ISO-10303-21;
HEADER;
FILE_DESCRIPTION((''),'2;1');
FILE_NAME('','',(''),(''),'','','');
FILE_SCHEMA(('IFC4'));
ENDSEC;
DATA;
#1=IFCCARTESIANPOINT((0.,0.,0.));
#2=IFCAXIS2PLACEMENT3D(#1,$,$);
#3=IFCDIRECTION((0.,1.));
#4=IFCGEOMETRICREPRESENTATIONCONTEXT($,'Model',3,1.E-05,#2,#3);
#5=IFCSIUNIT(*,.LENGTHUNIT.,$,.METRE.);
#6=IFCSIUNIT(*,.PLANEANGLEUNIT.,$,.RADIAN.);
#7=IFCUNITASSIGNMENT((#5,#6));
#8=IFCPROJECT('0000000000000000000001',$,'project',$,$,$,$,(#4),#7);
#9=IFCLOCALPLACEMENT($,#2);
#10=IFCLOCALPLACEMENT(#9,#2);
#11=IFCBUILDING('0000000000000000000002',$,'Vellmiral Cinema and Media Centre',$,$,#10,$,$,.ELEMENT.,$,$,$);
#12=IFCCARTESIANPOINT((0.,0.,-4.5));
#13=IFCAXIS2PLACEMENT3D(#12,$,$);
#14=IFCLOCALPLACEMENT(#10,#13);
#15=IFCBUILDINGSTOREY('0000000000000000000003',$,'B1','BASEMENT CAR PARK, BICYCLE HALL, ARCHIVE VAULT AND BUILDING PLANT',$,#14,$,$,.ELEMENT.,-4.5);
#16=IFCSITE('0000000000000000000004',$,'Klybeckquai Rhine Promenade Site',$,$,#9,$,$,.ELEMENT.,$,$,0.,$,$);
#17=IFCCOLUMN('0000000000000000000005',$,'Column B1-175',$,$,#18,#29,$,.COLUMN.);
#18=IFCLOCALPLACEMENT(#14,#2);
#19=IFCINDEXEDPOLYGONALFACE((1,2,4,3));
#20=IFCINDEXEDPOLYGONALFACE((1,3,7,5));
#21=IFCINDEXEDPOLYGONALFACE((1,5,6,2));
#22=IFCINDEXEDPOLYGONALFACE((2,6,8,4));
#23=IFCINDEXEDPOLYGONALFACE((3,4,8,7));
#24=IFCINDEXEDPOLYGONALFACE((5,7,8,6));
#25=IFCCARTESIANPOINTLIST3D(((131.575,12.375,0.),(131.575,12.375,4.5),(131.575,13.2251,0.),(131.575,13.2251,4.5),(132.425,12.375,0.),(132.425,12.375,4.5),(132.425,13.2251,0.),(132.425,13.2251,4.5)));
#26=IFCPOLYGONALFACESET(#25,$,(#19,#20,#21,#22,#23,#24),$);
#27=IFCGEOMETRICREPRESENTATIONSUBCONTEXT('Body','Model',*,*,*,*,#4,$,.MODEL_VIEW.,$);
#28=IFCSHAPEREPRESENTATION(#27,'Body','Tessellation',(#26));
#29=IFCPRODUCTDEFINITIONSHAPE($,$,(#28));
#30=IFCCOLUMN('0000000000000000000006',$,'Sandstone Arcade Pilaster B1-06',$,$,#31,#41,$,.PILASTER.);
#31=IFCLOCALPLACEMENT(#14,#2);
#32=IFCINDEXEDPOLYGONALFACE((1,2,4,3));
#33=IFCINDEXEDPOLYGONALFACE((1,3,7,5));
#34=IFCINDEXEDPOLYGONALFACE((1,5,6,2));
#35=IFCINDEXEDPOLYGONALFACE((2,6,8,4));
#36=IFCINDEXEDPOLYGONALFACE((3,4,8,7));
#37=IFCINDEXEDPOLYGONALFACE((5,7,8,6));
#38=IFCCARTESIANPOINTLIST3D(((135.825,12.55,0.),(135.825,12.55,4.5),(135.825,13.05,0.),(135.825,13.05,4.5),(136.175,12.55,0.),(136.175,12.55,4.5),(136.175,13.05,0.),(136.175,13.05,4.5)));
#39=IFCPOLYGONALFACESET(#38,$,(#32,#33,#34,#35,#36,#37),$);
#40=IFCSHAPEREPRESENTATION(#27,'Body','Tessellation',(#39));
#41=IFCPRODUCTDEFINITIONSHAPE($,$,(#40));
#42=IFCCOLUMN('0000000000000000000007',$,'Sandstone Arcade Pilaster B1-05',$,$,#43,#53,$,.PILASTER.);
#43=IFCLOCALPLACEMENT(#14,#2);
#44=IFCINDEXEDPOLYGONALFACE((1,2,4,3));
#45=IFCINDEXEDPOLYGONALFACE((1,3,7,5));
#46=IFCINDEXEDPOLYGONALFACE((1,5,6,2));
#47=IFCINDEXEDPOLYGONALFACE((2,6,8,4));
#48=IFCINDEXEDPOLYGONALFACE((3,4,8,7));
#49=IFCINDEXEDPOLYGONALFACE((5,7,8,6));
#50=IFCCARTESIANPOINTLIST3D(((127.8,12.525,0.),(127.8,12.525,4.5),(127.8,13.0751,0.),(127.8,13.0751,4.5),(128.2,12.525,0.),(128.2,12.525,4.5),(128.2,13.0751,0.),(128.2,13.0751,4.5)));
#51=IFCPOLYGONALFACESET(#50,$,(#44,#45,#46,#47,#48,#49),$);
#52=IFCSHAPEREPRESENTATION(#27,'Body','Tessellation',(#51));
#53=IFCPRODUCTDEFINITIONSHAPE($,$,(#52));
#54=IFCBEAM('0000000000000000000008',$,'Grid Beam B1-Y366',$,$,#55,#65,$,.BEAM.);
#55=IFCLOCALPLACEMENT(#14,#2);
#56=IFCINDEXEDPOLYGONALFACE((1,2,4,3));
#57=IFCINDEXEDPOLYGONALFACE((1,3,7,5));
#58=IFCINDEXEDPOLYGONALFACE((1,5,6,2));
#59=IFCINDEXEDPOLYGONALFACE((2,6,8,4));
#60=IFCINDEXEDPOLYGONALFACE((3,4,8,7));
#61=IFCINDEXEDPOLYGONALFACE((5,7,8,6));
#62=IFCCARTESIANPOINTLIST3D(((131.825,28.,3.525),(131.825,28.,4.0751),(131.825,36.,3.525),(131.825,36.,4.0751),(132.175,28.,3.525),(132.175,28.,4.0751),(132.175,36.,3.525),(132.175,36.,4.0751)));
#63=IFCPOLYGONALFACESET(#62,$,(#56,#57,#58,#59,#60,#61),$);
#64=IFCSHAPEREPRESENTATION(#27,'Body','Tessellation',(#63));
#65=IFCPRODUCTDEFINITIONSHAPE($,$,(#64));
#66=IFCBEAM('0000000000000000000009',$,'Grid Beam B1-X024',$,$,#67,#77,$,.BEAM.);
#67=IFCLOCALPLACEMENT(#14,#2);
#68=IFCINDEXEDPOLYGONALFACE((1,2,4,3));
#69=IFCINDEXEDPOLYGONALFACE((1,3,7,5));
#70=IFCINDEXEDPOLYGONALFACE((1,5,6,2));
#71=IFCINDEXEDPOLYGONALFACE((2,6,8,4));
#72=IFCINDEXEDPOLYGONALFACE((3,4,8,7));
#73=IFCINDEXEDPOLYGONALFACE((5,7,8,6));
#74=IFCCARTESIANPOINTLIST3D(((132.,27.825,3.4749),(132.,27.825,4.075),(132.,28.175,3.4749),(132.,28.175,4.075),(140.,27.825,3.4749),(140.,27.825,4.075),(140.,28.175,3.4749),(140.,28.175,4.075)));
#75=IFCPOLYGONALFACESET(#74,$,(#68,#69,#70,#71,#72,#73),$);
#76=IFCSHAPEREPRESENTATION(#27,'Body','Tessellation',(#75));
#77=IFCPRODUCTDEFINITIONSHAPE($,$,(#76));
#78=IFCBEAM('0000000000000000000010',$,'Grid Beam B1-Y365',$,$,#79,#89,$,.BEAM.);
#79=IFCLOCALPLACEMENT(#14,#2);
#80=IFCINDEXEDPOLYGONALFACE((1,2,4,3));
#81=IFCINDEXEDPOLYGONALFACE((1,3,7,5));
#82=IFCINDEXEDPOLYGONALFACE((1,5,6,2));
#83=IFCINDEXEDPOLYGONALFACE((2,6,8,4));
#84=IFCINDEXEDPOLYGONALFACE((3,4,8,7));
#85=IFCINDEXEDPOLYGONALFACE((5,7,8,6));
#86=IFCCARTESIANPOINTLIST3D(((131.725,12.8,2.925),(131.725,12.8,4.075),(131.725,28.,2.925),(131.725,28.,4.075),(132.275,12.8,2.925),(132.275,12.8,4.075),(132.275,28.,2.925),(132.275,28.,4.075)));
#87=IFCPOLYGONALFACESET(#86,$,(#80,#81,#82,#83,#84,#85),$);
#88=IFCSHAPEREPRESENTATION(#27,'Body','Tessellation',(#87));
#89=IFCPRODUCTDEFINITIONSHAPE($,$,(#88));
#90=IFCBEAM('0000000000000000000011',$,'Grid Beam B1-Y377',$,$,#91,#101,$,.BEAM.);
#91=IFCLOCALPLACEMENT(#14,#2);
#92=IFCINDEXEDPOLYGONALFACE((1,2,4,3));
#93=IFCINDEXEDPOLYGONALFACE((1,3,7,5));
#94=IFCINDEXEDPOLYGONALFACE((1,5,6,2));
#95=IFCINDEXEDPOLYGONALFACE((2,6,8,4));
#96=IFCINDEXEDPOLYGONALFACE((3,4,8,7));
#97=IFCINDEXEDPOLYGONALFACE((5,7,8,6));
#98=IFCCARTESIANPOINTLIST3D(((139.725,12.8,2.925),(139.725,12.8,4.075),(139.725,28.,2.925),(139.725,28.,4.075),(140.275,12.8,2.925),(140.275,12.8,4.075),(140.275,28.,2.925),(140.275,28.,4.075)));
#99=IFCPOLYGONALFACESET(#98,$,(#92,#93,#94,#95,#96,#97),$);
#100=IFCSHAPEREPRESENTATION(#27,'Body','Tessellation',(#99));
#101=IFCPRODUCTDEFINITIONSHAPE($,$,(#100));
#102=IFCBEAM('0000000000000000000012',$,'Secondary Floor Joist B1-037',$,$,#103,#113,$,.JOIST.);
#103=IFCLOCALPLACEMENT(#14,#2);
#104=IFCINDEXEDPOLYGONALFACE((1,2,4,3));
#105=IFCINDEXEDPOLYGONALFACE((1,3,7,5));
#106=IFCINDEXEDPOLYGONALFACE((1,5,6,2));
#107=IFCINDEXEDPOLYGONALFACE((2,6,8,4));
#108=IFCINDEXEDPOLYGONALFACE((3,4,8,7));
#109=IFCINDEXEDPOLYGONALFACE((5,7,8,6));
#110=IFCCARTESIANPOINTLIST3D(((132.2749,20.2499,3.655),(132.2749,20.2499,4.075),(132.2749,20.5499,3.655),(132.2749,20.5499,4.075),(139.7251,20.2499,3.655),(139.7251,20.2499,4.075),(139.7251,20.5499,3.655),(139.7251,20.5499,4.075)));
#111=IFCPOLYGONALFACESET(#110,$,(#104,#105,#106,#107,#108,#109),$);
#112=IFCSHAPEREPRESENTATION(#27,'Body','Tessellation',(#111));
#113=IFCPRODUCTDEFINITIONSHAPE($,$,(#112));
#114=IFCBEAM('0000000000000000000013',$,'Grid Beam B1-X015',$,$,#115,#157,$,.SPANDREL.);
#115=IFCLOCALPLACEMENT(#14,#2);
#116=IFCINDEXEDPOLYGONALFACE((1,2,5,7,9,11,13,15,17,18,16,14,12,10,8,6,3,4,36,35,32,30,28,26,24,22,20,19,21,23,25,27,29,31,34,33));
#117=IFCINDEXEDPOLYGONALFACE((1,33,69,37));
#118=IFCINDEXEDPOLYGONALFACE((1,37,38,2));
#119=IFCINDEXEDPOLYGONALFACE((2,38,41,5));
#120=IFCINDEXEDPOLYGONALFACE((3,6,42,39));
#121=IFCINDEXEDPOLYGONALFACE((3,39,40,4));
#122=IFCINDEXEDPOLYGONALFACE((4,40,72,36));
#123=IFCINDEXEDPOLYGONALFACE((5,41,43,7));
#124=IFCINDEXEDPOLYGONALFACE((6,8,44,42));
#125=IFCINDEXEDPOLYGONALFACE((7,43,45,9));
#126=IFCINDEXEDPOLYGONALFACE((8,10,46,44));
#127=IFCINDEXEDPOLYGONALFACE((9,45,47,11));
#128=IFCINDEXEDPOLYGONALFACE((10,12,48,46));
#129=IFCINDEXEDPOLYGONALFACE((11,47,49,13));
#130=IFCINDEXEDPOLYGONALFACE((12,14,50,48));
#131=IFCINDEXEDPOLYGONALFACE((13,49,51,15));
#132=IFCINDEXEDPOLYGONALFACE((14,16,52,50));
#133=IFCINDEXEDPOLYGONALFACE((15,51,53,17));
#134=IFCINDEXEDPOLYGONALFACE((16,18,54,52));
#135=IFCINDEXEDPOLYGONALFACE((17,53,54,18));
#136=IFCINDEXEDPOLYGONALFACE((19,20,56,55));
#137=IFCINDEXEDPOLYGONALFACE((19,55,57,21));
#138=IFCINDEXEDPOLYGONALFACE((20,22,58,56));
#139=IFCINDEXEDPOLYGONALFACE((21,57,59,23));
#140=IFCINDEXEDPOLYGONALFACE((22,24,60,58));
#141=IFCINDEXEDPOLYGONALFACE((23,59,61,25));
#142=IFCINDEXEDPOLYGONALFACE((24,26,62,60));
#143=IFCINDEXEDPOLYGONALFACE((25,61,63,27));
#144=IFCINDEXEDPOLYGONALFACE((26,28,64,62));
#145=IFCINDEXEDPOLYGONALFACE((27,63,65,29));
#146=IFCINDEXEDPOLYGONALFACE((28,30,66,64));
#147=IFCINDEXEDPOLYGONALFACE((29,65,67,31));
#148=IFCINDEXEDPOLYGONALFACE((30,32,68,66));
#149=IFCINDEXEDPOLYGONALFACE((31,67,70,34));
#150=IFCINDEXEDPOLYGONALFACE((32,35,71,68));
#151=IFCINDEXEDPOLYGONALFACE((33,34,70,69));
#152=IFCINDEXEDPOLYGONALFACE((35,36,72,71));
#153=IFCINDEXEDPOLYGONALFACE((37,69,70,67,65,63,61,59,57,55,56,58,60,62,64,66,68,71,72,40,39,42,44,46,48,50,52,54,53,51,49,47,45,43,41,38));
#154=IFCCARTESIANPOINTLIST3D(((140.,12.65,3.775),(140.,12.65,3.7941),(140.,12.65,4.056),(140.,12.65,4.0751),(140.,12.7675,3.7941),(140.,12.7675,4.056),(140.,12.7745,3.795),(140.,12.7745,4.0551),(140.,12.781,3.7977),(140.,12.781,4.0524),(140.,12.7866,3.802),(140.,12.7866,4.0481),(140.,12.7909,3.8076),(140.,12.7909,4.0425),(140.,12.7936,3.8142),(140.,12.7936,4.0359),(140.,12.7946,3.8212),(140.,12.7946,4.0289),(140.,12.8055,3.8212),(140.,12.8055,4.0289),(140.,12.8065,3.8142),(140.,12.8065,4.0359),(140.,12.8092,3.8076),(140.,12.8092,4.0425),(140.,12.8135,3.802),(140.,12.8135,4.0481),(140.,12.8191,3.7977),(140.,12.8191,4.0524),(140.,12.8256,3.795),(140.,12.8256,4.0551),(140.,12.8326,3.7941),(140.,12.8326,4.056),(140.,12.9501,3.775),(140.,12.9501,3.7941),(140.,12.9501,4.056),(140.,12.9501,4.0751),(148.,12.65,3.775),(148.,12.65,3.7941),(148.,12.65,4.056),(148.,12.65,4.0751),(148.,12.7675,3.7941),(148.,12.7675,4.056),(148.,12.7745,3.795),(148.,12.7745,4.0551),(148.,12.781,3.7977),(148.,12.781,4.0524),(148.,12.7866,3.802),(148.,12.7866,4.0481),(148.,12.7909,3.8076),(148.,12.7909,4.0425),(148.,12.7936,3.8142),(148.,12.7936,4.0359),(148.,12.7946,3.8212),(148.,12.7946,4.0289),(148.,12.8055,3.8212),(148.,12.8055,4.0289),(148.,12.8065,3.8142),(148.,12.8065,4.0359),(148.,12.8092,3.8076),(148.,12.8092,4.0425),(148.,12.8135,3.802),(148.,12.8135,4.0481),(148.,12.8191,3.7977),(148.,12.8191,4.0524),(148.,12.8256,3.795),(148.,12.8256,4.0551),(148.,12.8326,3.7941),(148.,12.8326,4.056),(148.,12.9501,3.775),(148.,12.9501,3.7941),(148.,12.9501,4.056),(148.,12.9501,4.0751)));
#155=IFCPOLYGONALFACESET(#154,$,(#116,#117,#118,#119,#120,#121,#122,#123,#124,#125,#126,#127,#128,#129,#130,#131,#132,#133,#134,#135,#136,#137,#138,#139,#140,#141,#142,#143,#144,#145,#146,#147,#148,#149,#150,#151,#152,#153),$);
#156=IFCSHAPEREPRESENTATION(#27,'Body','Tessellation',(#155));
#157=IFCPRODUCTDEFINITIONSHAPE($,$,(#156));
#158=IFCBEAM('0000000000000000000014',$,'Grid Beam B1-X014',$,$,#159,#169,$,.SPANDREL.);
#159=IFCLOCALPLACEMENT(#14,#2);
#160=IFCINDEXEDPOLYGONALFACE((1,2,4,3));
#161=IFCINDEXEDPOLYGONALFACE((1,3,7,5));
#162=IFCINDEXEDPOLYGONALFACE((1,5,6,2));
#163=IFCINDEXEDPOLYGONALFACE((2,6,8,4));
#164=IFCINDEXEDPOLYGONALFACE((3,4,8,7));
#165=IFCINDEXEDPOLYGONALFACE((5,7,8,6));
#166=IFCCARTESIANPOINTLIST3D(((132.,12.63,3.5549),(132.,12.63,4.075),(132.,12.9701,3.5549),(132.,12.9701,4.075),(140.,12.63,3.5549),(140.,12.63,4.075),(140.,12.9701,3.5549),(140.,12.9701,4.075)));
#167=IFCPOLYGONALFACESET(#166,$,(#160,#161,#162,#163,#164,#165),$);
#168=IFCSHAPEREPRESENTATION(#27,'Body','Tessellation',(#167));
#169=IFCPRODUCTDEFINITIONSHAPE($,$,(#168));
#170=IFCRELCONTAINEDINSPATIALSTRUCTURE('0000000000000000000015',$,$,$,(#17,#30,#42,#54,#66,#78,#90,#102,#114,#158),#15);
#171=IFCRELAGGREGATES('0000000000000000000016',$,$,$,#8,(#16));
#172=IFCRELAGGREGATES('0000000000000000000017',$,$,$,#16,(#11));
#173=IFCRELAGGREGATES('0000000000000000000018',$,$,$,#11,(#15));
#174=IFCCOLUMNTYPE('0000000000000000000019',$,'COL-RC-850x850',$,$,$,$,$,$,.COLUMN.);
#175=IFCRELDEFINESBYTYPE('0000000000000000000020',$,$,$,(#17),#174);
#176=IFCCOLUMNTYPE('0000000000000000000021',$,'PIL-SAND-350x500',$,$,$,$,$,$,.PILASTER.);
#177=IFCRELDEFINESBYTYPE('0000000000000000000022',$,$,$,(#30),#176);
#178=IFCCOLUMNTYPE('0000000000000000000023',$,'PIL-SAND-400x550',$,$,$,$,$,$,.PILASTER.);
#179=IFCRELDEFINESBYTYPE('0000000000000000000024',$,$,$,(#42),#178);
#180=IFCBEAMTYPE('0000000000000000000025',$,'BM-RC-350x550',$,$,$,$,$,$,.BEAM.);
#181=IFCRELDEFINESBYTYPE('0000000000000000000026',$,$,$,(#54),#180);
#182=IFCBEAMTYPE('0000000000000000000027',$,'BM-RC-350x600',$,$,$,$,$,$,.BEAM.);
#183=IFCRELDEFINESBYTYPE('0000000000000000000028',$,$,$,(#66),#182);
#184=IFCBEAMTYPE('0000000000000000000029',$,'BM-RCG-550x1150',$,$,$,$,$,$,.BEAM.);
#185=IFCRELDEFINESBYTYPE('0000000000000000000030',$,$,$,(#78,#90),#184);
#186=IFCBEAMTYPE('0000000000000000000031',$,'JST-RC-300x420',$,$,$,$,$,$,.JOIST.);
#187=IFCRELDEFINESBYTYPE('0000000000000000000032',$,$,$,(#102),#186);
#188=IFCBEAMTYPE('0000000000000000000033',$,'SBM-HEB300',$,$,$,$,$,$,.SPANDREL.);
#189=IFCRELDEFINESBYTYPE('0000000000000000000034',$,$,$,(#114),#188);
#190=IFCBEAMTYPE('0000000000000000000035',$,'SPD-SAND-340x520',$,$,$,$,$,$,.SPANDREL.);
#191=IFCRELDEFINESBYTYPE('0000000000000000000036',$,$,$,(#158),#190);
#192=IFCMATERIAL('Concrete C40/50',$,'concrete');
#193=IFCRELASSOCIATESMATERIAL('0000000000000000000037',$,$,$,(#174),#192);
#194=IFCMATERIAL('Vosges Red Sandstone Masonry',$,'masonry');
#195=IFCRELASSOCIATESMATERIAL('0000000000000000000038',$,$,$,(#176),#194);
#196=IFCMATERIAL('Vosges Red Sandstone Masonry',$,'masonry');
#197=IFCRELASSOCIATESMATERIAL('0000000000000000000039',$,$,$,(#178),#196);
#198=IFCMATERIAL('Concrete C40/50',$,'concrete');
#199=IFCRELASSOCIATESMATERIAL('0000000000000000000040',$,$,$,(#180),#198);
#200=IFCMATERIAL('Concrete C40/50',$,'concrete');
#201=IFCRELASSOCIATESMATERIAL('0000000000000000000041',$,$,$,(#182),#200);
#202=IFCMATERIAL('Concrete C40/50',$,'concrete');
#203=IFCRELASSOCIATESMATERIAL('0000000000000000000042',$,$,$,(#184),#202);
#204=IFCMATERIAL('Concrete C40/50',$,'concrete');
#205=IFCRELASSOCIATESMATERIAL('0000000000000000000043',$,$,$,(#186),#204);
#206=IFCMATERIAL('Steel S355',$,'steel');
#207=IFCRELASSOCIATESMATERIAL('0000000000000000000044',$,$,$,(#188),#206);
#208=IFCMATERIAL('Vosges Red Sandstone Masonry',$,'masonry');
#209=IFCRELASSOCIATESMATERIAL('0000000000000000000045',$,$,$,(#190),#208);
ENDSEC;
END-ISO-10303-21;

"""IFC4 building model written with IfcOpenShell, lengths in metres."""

from ifc_helpers import new_model, si_unit, direction, frame, origin, origin_2d, place, context, subcontext, project, spatial, rectangle, i_section, extrude, material, material_profile, profile_set, type_object, element, save


model = new_model("IFC4")

# Units and contexts
model_context = context("Model", 3, precision=1e-05, world=origin(), true_north=direction((0.0, 1.0)))
body_context = subcontext(model_context, "Body", "Model", "MODEL_VIEW")
ifc_project = project(units=[si_unit("LENGTHUNIT", "METRE"), si_unit("PLANEANGLEUNIT", "RADIAN")], contexts=[model_context])

# Site, building, storey
site_placement = place(None, origin())
site = spatial("IfcSite", under=ifc_project, at=site_placement, Name="Klybeckquai Rhine Promenade Site", CompositionType="ELEMENT", RefElevation=0.0)
building_placement = place(site_placement, origin())
building = spatial("IfcBuilding", under=site, at=building_placement, Name="Vellmiral Cinema and Media Centre", CompositionType="ELEMENT")
storey_placement = place(building_placement, frame((0.0, 0.0, -4.5)))
storey = spatial("IfcBuildingStorey", under=building, at=storey_placement, Name="B1", Description="BASEMENT CAR PARK, BICYCLE HALL, ARCHIVE VAULT AND BUILDING PLANT", CompositionType="ELEMENT", Elevation=-4.5)

# Columns
ifc_material_1 = material(Name="Concrete C40/50", Category="concrete")
ifc_material_profile_1 = material_profile(ifc_material_1, rectangle(XDim=0.8501, YDim=0.8501, at=origin_2d()), Name="RC 850x850")
ifc_profile_set_1 = profile_set([ifc_material_profile_1], Name="Concrete C40/50")
column_type_1 = type_object("IfcColumnType", Name="COL-RC-850x850", PredefinedType="COLUMN", material=ifc_profile_set_1)
column_1_placement = place(storey_placement, frame((132.0, 12.8, 0.0), z_axis=(0.0, 0.0, 1.0), x_axis=(1.0, 0.0, 0.0)))
element("IfcColumn", 1, at=column_1_placement, inside=storey, type_object=column_type_1, Name="Column B1-175", PredefinedType="COLUMN", context=body_context, shape_type="SweptSolid", body=[
    extrude(rectangle(XDim=0.8501, YDim=0.8501, at=origin_2d()), origin(), (0.0, 0.0, 1.0), 4.5),
])
ifc_material_2 = material(Name="Vosges Red Sandstone Masonry", Category="masonry")
ifc_material_profile_2 = material_profile(ifc_material_2, rectangle(XDim=0.3501, YDim=0.5, at=origin_2d()), Name="SAND 350x500")
ifc_profile_set_2 = profile_set([ifc_material_profile_2], Name="Vosges Red Sandstone Masonry")
column_type_2 = type_object("IfcColumnType", Name="PIL-SAND-350x500", PredefinedType="PILASTER", material=ifc_profile_set_2)
column_2_placement = place(storey_placement, frame((136.0, 12.8, 0.0), z_axis=(0.0, 0.0, 1.0), x_axis=(1.0, 0.0, 0.0)))
element("IfcColumn", 2, at=column_2_placement, inside=storey, type_object=column_type_2, Name="Sandstone Arcade Pilaster B1-06", PredefinedType="PILASTER", context=body_context, shape_type="SweptSolid", body=[
    extrude(rectangle(XDim=0.3501, YDim=0.5, at=origin_2d()), origin(), (0.0, 0.0, 1.0), 4.5),
])
ifc_material_3 = material(Name="Vosges Red Sandstone Masonry", Category="masonry")
ifc_material_profile_3 = material_profile(ifc_material_3, rectangle(XDim=0.3999, YDim=0.55, at=origin_2d()), Name="SAND 400x550")
ifc_profile_set_3 = profile_set([ifc_material_profile_3], Name="Vosges Red Sandstone Masonry")
column_type_3 = type_object("IfcColumnType", Name="PIL-SAND-400x550", PredefinedType="PILASTER", material=ifc_profile_set_3)
column_3_placement = place(storey_placement, frame((128.0, 12.8, 0.0), z_axis=(0.0, 0.0, 1.0), x_axis=(1.0, 0.0, 0.0)))
element("IfcColumn", 3, at=column_3_placement, inside=storey, type_object=column_type_3, Name="Sandstone Arcade Pilaster B1-05", PredefinedType="PILASTER", context=body_context, shape_type="SweptSolid", body=[
    extrude(rectangle(XDim=0.3999, YDim=0.55, at=origin_2d()), origin(), (0.0, 0.0, 1.0), 4.5),
])

# Beams
ifc_material_4 = material(Name="Concrete C40/50", Category="concrete")
ifc_material_profile_4 = material_profile(ifc_material_4, rectangle(XDim=0.3501, YDim=0.55, at=origin_2d()), Name="RC 350x550")
ifc_profile_set_4 = profile_set([ifc_material_profile_4], Name="Concrete C40/50")
beam_type_1 = type_object("IfcBeamType", Name="BM-RC-350x550", PredefinedType="BEAM", material=ifc_profile_set_4)
beam_1_placement = place(storey_placement, frame((132.0, 28.0, 3.8), z_axis=(0.0, 1.0, 0.0), x_axis=(-1.0, 0.0, 0.0)))
element("IfcBeam", 4, at=beam_1_placement, inside=storey, type_object=beam_type_1, Name="Grid Beam B1-Y366", PredefinedType="BEAM", context=body_context, shape_type="SweptSolid", body=[
    extrude(rectangle(XDim=0.3501, YDim=0.55, at=origin_2d()), origin(), (0.0, 0.0, 1.0), 8.0),
])
ifc_material_5 = material(Name="Concrete C40/50", Category="concrete")
ifc_material_profile_5 = material_profile(ifc_material_5, rectangle(XDim=0.3501, YDim=0.6001, at=origin_2d()), Name="RC 350x600")
ifc_profile_set_5 = profile_set([ifc_material_profile_5], Name="Concrete C40/50")
beam_type_2 = type_object("IfcBeamType", Name="BM-RC-350x600", PredefinedType="BEAM", material=ifc_profile_set_5)
beam_2_placement = place(storey_placement, frame((132.0, 28.0, 3.7749), z_axis=(1.0, 0.0, 0.0), x_axis=(0.0, 1.0, 0.0)))
element("IfcBeam", 5, at=beam_2_placement, inside=storey, type_object=beam_type_2, Name="Grid Beam B1-X024", PredefinedType="BEAM", context=body_context, shape_type="SweptSolid", body=[
    extrude(rectangle(XDim=0.3501, YDim=0.6001, at=origin_2d()), origin(), (0.0, 0.0, 1.0), 8.0),
])
ifc_material_6 = material(Name="Concrete C40/50", Category="concrete")
ifc_material_profile_6 = material_profile(ifc_material_6, rectangle(XDim=0.55, YDim=1.1499, at=origin_2d()), Name="RC 550x1150")
ifc_profile_set_6 = profile_set([ifc_material_profile_6], Name="Concrete C40/50")
beam_type_3 = type_object("IfcBeamType", Name="BM-RCG-550x1150", PredefinedType="BEAM", material=ifc_profile_set_6)
for number, where, z_axis, x_axis, name in (
    (6, (132.0, 12.8, 3.5), (0.0, 1.0, 0.0), (-1.0, 0.0, 0.0), "Grid Beam B1-Y365"),
    (7, (140.0, 12.8, 3.5), (0.0, 1.0, 0.0), (-1.0, 0.0, 0.0), "Grid Beam B1-Y377"),
):
    element("IfcBeam", number, at=place(storey_placement, frame(where, z_axis=z_axis, x_axis=x_axis)), inside=storey, type_object=beam_type_3, Name=name, PredefinedType="BEAM", context=body_context, shape_type="SweptSolid", body=[
        extrude(rectangle(XDim=0.55, YDim=1.1499, at=origin_2d()), origin(), (0.0, 0.0, 1.0), 15.2),
    ])
ifc_material_7 = material(Name="Concrete C40/50", Category="concrete")
ifc_material_profile_7 = material_profile(ifc_material_7, rectangle(XDim=0.3, YDim=0.4199, at=origin_2d()), Name="RC 300x420")
ifc_profile_set_7 = profile_set([ifc_material_profile_7], Name="Concrete C40/50")
beam_type_4 = type_object("IfcBeamType", Name="JST-RC-300x420", PredefinedType="JOIST", material=ifc_profile_set_7)
beam_3_placement = place(storey_placement, frame((132.2749, 20.3999, 3.865), z_axis=(1.0, 0.0, 0.0), x_axis=(0.0, 1.0, 0.0)))
element("IfcBeam", 8, at=beam_3_placement, inside=storey, type_object=beam_type_4, Name="Secondary Floor Joist B1-037", PredefinedType="JOIST", context=body_context, shape_type="SweptSolid", body=[
    extrude(rectangle(XDim=0.3, YDim=0.4199, at=origin_2d()), origin(), (0.0, 0.0, 1.0), 7.4502),
])
ifc_material_8 = material(Name="Steel S355", Category="steel")
ifc_material_profile_8 = material_profile(ifc_material_8, i_section(OverallWidth=0.3, OverallDepth=0.3, WebThickness=0.011, FlangeThickness=0.019, FilletRadius=0.0271, at=origin_2d()), Name="HEB 300")
ifc_profile_set_8 = profile_set([ifc_material_profile_8], Name="Steel S355")
beam_type_5 = type_object("IfcBeamType", Name="SBM-HEB300", PredefinedType="SPANDREL", material=ifc_profile_set_8)
beam_4_placement = place(storey_placement, frame((140.0, 12.8, 3.925), z_axis=(1.0, 0.0, 0.0), x_axis=(0.0, 1.0, 0.0)))
element("IfcBeam", 9, at=beam_4_placement, inside=storey, type_object=beam_type_5, Name="Grid Beam B1-X015", PredefinedType="SPANDREL", context=body_context, shape_type="SweptSolid", body=[
    extrude(i_section(OverallWidth=0.3, OverallDepth=0.3, WebThickness=0.011, FlangeThickness=0.019, FilletRadius=0.0271, at=origin_2d()), origin(), (0.0, 0.0, 1.0), 8.0),
])
ifc_material_9 = material(Name="Vosges Red Sandstone Masonry", Category="masonry")
ifc_material_profile_9 = material_profile(ifc_material_9, rectangle(XDim=0.3401, YDim=0.52, at=origin_2d()), Name="SAND 340x520")
ifc_profile_set_9 = profile_set([ifc_material_profile_9], Name="Vosges Red Sandstone Masonry")
beam_type_6 = type_object("IfcBeamType", Name="SPD-SAND-340x520", PredefinedType="SPANDREL", material=ifc_profile_set_9)
beam_5_placement = place(storey_placement, frame((132.0, 12.8, 3.8149), z_axis=(1.0, 0.0, 0.0), x_axis=(0.0, 1.0, 0.0)))
element("IfcBeam", 10, at=beam_5_placement, inside=storey, type_object=beam_type_6, Name="Grid Beam B1-X014", PredefinedType="SPANDREL", context=body_context, shape_type="SweptSolid", body=[
    extrude(rectangle(XDim=0.3401, YDim=0.52, at=origin_2d()), origin(), (0.0, 0.0, 1.0), 8.0),
])

save(model, "model.ifc")
